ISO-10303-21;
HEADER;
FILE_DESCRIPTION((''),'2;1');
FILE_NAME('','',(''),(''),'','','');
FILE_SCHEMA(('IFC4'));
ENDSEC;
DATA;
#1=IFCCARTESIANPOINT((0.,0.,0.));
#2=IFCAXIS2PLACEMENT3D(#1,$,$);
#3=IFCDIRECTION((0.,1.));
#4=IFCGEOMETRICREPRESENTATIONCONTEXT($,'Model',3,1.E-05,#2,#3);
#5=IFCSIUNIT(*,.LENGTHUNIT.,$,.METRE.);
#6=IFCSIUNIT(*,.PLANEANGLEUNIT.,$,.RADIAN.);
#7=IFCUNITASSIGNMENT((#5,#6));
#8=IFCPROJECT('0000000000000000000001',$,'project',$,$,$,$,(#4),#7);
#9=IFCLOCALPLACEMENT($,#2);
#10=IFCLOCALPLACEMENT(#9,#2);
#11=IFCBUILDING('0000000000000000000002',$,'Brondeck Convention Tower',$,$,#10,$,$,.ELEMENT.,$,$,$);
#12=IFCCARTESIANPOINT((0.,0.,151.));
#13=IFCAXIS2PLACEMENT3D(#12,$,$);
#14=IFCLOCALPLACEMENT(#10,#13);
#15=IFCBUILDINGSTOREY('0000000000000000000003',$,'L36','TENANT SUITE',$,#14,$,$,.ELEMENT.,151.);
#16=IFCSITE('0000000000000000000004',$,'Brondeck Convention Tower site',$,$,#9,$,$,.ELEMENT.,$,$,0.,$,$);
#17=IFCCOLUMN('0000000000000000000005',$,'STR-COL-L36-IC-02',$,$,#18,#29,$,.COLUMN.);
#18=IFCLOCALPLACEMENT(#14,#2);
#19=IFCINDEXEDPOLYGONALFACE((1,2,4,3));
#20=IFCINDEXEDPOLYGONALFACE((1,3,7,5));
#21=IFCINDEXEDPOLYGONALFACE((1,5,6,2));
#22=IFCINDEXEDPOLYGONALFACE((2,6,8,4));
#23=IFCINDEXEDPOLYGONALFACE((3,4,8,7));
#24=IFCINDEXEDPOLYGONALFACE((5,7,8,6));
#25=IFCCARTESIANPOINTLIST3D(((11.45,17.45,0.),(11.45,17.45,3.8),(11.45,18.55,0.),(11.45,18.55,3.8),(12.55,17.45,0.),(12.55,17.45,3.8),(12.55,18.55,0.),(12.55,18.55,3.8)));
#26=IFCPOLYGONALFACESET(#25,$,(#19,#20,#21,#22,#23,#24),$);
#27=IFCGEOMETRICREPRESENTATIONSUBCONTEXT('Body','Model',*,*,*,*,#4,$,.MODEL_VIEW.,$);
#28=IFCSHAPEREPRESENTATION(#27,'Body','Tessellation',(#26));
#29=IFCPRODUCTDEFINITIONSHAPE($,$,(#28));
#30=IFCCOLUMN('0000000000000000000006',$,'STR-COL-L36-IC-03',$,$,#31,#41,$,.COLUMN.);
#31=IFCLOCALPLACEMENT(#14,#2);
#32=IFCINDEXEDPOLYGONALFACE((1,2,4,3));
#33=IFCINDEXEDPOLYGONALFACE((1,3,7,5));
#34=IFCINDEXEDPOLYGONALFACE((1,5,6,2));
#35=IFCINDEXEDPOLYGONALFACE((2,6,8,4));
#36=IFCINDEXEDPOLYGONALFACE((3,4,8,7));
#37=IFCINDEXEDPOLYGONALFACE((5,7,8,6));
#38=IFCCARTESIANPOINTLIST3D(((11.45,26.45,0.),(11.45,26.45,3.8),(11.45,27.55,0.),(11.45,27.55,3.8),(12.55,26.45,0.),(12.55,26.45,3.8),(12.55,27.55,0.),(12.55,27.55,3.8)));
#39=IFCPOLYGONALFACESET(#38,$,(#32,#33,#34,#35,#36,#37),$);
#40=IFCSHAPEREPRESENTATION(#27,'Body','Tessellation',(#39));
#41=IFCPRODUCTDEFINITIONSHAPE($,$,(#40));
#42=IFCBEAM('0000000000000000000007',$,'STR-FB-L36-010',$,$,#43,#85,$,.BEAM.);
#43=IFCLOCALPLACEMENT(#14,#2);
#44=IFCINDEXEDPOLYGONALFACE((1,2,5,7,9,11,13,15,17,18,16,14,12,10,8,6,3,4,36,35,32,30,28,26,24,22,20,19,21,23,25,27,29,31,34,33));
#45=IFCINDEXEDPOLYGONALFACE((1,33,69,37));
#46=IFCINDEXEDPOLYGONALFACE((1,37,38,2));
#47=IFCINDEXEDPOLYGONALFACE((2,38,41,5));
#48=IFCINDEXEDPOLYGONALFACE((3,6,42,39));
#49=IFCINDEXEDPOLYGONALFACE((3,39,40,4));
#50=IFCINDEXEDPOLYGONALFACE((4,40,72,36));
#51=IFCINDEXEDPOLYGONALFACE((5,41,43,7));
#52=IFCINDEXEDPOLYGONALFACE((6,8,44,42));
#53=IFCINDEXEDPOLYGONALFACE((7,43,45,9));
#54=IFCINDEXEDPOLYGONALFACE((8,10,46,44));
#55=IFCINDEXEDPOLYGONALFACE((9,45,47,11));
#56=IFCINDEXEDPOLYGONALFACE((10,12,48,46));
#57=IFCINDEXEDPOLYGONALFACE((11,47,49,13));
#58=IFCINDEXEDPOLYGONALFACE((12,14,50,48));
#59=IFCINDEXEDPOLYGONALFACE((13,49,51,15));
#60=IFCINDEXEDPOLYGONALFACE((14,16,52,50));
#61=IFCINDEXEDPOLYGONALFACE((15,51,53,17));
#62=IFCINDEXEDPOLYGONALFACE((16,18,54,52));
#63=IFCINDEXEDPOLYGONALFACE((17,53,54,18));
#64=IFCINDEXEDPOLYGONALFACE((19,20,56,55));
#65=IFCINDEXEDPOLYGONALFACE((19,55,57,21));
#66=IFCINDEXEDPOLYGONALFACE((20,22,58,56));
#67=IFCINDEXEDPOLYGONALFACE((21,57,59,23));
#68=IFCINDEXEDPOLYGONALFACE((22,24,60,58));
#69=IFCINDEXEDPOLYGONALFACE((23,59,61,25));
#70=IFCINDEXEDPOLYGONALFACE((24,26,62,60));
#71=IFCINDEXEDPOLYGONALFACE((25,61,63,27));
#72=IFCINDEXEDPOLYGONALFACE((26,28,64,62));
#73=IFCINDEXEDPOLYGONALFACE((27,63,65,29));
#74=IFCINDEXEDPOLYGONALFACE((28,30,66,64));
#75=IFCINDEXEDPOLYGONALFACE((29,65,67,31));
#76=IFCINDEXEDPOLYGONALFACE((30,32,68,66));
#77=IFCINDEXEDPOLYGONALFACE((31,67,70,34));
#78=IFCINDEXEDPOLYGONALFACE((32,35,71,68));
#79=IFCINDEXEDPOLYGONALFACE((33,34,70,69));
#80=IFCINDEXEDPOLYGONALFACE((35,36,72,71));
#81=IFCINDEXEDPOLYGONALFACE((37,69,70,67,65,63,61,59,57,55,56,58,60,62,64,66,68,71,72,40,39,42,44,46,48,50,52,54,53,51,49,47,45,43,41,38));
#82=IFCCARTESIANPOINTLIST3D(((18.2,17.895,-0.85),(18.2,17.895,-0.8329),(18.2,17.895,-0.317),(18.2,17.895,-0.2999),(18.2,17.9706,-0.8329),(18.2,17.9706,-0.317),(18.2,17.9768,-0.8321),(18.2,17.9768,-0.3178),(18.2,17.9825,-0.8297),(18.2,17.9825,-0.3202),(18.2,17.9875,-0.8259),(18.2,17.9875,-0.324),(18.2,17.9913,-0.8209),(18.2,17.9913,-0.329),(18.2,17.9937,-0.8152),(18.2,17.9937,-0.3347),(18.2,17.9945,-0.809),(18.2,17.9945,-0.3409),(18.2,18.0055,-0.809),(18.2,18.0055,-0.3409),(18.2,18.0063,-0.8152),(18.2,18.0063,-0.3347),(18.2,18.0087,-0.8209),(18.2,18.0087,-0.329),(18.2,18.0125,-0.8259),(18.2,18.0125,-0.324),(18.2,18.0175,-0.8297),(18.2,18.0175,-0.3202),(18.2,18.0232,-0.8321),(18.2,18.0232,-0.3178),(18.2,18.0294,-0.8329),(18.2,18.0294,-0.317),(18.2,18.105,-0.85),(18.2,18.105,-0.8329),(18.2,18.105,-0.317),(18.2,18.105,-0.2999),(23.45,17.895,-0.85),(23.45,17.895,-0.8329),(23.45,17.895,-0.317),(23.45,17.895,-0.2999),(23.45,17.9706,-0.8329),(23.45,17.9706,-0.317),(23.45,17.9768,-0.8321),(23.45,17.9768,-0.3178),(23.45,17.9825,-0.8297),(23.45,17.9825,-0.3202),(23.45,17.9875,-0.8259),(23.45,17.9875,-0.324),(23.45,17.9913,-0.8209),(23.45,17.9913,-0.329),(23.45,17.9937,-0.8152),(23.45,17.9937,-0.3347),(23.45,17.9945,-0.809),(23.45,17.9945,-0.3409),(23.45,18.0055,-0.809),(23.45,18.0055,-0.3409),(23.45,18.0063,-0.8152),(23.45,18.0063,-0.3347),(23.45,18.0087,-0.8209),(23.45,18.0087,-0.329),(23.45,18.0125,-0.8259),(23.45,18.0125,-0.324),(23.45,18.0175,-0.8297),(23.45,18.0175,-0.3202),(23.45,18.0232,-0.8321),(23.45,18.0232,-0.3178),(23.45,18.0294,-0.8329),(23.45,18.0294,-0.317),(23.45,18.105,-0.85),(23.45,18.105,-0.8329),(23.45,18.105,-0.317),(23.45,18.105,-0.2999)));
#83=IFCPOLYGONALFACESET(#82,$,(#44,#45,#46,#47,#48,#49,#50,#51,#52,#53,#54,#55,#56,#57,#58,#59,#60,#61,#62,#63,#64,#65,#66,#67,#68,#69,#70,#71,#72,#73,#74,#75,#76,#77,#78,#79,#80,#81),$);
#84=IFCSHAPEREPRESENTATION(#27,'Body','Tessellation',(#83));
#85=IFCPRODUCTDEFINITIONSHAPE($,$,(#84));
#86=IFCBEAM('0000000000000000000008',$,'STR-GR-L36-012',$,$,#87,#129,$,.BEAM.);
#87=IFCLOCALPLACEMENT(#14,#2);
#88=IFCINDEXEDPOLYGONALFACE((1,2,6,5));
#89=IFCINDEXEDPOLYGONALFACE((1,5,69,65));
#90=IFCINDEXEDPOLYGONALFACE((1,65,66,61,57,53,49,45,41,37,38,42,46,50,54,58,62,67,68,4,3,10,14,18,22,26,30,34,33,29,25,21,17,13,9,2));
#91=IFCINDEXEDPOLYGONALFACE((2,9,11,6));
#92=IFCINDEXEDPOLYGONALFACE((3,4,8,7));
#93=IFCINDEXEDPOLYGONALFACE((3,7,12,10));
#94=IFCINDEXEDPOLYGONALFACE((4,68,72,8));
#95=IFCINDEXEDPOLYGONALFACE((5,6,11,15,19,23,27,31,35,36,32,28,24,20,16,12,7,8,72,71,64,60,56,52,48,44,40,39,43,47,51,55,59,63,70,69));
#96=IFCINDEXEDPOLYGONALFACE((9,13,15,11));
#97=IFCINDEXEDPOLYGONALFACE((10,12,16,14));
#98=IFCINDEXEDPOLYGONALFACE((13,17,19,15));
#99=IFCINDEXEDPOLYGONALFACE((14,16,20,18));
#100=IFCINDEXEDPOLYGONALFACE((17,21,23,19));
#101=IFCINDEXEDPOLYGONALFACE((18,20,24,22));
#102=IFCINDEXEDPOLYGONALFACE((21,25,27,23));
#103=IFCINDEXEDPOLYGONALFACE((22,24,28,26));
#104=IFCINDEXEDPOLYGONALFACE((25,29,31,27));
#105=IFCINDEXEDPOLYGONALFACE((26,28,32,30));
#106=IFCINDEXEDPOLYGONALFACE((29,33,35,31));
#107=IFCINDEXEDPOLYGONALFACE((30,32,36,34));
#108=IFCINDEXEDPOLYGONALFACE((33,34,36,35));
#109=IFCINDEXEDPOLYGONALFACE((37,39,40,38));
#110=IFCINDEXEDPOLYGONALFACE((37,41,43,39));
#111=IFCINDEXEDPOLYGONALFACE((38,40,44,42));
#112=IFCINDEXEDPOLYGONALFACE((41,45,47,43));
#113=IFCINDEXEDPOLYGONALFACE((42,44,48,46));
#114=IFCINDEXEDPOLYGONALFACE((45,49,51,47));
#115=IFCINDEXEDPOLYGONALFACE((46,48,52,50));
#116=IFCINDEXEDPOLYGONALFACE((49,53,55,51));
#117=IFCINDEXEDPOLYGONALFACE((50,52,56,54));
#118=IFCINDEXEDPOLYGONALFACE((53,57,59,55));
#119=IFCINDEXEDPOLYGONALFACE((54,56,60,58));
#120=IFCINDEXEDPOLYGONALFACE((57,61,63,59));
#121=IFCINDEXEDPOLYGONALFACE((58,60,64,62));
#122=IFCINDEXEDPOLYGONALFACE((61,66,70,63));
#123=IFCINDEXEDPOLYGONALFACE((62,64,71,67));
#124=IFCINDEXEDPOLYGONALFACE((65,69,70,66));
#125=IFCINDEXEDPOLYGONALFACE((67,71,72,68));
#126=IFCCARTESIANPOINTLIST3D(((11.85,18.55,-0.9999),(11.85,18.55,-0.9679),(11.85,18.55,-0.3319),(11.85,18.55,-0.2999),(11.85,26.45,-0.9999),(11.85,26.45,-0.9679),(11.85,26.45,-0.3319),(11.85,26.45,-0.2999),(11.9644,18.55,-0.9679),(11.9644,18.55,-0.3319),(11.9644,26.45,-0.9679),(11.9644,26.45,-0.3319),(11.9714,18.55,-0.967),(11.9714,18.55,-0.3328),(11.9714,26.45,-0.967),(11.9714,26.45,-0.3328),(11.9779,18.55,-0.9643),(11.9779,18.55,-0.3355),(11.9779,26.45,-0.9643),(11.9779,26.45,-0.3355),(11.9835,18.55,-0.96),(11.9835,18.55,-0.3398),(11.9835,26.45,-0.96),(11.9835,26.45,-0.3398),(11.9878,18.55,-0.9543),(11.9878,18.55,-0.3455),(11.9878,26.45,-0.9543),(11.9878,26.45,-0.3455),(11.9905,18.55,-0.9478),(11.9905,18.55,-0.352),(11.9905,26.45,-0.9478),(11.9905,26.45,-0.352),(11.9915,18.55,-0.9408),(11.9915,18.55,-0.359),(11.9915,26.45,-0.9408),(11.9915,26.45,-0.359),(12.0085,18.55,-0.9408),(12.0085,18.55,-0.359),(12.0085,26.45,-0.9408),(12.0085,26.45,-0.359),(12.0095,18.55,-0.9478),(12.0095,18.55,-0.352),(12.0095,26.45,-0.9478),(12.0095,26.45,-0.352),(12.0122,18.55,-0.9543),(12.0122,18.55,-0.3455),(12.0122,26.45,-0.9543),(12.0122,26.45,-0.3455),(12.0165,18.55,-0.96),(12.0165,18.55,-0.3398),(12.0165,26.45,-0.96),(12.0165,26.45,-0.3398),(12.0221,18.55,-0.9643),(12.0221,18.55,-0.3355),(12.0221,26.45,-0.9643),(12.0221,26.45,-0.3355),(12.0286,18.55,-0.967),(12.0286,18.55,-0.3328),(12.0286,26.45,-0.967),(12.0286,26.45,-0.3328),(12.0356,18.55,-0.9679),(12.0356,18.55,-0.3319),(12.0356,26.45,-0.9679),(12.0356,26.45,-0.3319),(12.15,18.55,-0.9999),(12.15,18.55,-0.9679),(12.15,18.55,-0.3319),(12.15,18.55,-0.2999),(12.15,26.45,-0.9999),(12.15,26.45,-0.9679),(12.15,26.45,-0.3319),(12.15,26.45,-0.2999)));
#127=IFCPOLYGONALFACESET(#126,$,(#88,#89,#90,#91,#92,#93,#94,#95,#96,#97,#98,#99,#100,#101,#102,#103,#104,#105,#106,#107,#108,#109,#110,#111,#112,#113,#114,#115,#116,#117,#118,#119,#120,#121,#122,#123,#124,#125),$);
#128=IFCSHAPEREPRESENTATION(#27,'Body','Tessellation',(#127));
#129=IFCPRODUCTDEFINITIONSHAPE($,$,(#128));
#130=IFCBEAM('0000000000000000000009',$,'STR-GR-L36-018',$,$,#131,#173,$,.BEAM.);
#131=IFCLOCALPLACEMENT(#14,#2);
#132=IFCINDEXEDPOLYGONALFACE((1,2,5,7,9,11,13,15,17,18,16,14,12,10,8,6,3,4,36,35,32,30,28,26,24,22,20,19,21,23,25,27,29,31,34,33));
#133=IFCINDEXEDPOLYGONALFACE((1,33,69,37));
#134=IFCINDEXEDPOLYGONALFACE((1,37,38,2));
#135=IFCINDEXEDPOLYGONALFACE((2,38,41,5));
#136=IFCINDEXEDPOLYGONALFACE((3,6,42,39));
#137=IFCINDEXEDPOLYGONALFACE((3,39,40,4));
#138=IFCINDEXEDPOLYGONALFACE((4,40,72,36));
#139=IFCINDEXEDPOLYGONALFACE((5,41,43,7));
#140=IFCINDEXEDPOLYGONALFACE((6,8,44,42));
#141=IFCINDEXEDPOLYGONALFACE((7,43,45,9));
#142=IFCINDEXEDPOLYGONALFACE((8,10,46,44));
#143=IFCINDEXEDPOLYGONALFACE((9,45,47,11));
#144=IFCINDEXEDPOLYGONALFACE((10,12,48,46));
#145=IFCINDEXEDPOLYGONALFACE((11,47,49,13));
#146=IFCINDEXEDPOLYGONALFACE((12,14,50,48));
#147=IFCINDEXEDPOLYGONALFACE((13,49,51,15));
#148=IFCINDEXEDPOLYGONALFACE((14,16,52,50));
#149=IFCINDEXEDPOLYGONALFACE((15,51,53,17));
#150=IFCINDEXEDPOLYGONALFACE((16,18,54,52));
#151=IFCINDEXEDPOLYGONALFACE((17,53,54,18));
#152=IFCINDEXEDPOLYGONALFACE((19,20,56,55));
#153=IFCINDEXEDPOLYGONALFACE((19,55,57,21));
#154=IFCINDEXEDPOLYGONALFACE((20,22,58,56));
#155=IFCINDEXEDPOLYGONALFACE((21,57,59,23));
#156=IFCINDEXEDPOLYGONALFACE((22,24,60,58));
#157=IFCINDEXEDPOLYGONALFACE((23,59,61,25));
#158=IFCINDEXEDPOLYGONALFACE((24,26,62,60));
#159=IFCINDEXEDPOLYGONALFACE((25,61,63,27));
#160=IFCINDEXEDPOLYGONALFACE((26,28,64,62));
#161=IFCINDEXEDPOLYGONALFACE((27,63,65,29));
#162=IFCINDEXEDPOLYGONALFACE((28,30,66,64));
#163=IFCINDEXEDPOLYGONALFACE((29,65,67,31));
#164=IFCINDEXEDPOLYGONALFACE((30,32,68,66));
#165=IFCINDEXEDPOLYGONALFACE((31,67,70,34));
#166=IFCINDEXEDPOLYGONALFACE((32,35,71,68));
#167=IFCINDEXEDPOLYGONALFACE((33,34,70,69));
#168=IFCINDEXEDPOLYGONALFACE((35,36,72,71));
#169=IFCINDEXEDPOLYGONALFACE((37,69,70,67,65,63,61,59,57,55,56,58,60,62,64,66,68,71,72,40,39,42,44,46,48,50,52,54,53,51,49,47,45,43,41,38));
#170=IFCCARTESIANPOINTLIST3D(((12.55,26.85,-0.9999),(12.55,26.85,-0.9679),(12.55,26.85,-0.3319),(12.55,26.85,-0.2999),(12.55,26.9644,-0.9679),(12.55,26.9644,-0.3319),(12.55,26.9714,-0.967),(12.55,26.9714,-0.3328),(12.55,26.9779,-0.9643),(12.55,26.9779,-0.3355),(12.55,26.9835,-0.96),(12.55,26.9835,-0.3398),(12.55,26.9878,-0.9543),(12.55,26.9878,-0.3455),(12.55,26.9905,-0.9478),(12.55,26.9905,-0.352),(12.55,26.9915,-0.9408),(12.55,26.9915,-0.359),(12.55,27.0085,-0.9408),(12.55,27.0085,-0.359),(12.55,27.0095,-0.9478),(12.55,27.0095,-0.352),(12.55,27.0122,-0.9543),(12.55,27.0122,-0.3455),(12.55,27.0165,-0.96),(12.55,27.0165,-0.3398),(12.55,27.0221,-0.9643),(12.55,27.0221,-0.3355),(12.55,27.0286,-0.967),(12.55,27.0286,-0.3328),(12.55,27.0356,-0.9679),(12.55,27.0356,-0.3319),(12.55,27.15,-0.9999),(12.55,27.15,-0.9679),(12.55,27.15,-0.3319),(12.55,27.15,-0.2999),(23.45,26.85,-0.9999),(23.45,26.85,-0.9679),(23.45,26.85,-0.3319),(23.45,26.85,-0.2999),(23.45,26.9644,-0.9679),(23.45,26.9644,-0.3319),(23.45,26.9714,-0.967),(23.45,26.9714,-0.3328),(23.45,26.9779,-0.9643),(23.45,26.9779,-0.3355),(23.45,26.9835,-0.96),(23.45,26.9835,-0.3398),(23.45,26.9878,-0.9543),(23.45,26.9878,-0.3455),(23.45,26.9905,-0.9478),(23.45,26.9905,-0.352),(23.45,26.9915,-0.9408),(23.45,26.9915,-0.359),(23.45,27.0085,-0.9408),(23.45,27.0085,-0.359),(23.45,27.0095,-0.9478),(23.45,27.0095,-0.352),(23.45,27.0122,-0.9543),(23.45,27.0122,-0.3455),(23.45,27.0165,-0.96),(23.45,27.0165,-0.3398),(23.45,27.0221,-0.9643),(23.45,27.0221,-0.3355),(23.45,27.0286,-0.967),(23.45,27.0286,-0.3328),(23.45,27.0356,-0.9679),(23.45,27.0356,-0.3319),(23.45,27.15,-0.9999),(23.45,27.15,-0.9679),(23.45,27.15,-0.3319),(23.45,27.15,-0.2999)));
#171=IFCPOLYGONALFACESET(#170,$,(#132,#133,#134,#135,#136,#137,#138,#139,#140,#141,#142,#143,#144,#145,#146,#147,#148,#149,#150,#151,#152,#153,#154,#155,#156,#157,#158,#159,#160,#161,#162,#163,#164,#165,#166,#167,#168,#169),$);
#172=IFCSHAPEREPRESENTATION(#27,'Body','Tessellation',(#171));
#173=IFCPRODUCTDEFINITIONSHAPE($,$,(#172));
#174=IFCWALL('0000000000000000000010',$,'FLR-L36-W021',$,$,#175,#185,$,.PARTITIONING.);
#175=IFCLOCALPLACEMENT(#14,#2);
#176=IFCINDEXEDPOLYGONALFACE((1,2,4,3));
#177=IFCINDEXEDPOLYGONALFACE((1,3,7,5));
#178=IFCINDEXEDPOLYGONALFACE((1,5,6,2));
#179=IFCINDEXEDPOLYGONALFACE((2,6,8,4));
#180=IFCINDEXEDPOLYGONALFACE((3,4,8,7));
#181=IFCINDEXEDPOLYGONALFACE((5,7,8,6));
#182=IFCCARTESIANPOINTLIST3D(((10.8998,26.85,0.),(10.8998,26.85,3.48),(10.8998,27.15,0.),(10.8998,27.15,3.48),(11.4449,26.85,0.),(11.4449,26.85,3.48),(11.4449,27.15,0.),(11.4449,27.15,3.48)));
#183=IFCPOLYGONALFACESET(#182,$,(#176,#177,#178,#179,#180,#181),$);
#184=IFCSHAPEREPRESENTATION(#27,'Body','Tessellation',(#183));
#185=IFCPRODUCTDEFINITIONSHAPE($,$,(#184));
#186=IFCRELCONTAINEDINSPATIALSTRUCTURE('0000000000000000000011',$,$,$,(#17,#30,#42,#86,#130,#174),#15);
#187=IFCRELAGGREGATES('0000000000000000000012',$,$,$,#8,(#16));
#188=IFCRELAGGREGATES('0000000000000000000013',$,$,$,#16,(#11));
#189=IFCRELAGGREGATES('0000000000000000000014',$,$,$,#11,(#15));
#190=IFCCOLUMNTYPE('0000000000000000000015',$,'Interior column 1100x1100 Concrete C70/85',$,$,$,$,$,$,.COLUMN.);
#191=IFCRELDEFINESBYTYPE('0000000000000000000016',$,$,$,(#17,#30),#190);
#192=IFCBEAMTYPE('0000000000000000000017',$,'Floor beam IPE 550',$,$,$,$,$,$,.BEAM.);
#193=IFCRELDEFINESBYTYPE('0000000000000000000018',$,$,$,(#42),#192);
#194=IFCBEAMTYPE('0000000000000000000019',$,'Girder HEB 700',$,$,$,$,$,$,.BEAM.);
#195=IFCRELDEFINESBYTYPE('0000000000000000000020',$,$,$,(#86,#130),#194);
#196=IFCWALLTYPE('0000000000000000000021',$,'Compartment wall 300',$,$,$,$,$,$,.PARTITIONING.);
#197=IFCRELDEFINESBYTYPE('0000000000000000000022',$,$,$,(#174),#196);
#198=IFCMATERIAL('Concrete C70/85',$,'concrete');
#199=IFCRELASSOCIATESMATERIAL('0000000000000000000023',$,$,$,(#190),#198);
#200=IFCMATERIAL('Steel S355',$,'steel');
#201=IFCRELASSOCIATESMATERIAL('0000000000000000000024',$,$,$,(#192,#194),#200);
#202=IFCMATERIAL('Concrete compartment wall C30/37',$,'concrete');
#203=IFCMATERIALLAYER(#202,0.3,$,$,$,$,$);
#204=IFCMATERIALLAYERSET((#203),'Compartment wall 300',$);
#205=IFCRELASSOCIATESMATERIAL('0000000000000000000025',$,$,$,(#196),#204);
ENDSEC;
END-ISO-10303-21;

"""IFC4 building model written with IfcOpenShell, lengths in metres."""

from ifc_helpers import new_model, si_unit, direction, frame, frame_2d, origin, origin_2d, place, context, subcontext, project, spatial, rectangle, i_section, extrude, material, layer, layer_set, material_profile, profile_set, type_object, element, save


model = new_model("IFC4")

# Units and contexts
model_context = context("Model", 3, precision=1e-05, world=origin(), true_north=direction((0.0, 1.0)))
body_context = subcontext(model_context, "Body", "Model", "MODEL_VIEW")
ifc_project = project(units=[si_unit("LENGTHUNIT", "METRE"), si_unit("PLANEANGLEUNIT", "RADIAN")], contexts=[model_context])

# Site, building, storey
site_placement = place(None, origin())
site = spatial("IfcSite", under=ifc_project, at=site_placement, Name="Brondeck Convention Tower site", CompositionType="ELEMENT", RefElevation=0.0)
building_placement = place(site_placement, origin())
building = spatial("IfcBuilding", under=site, at=building_placement, Name="Brondeck Convention Tower", CompositionType="ELEMENT")
storey_placement = place(building_placement, frame((0.0, 0.0, 151.0)))
storey = spatial("IfcBuildingStorey", under=building, at=storey_placement, Name="L36", Description="TENANT SUITE", CompositionType="ELEMENT", Elevation=151.0)

# Columns
ifc_material_1 = material(Name="Concrete C70/85", Category="concrete")
ifc_material_profile_1 = material_profile(ifc_material_1, rectangle(XDim=1.1001, YDim=1.1001, at=origin_2d()), Name="Interior column 1100x1100 Concrete C70/85")
ifc_profile_set_1 = profile_set([ifc_material_profile_1], Name="Concrete C70/85")
column_type = type_object("IfcColumnType", Name="Interior column 1100x1100 Concrete C70/85", PredefinedType="COLUMN", material=ifc_profile_set_1)
for number, where, z_axis, x_axis, name in (
    (1, (12.0, 18.0, 0.0), (0.0, 0.0, 1.0), (1.0, 0.0, 0.0), "STR-COL-L36-IC-02"),
    (2, (12.0, 27.0, 0.0), (0.0, 0.0, 1.0), (1.0, 0.0, 0.0), "STR-COL-L36-IC-03"),
):
    element("IfcColumn", number, at=place(storey_placement, frame(where, z_axis=z_axis, x_axis=x_axis)), inside=storey, type_object=column_type, Name=name, PredefinedType="COLUMN", context=body_context, shape_type="SweptSolid", body=[
        extrude(rectangle(XDim=1.1001, YDim=1.1001, at=origin_2d()), origin(), (0.0, 0.0, 1.0), 3.8),
    ])

# Beams
ifc_material_2 = material(Name="Steel S355", Category="steel")
ifc_material_profile_2 = material_profile(ifc_material_2, i_section(OverallWidth=0.21, OverallDepth=0.55, WebThickness=0.011, FlangeThickness=0.0171, FilletRadius=0.0239, at=origin_2d()), Name="IPE 550")
ifc_profile_set_2 = profile_set([ifc_material_profile_2], Name="Steel S355")
beam_type_1 = type_object("IfcBeamType", Name="Floor beam IPE 550", PredefinedType="BEAM", material=ifc_profile_set_2)
beam_1_placement = place(storey_placement, frame((18.2, 18.0, -0.575), z_axis=(1.0, 0.0, 0.0), x_axis=(0.0, 1.0, 0.0)))
element("IfcBeam", 3, at=beam_1_placement, inside=storey, type_object=beam_type_1, Name="STR-FB-L36-010", PredefinedType="BEAM", context=body_context, shape_type="SweptSolid", body=[
    extrude(i_section(OverallWidth=0.21, OverallDepth=0.55, WebThickness=0.011, FlangeThickness=0.0171, FilletRadius=0.0239, at=origin_2d()), origin(), (0.0, 0.0, 1.0), 5.25),
])
ifc_material_profile_3 = material_profile(ifc_material_2, i_section(OverallWidth=0.3, OverallDepth=0.7, WebThickness=0.0171, FlangeThickness=0.032, FilletRadius=0.0271, at=origin_2d()), Name="HEB 700")
ifc_profile_set_3 = profile_set([ifc_material_profile_3], Name="Steel S355")
beam_type_2 = type_object("IfcBeamType", Name="Girder HEB 700", PredefinedType="BEAM", material=ifc_profile_set_3)
beam_2_placement = place(storey_placement, frame((12.0, 26.45, -0.6499), z_axis=(0.0, -1.0, 0.0), x_axis=(1.0, 0.0, 0.0)))
element("IfcBeam", 4, at=beam_2_placement, inside=storey, type_object=beam_type_2, Name="STR-GR-L36-012", PredefinedType="BEAM", context=body_context, shape_type="SweptSolid", body=[
    extrude(i_section(OverallWidth=0.3, OverallDepth=0.7, WebThickness=0.0171, FlangeThickness=0.032, FilletRadius=0.0271, at=origin_2d()), origin(), (0.0, 0.0, 1.0), 7.8999),
])
beam_3_placement = place(storey_placement, frame((12.55, 27.0, -0.6499), z_axis=(1.0, 0.0, 0.0), x_axis=(0.0, 1.0, 0.0)))
element("IfcBeam", 5, at=beam_3_placement, inside=storey, type_object=beam_type_2, Name="STR-GR-L36-018", PredefinedType="BEAM", context=body_context, shape_type="SweptSolid", body=[
    extrude(i_section(OverallWidth=0.3, OverallDepth=0.7, WebThickness=0.0171, FlangeThickness=0.032, FilletRadius=0.0271, at=origin_2d()), origin(), (0.0, 0.0, 1.0), 10.8999),
])

# Wall
ifc_material_3 = material(Name="Concrete compartment wall C30/37", Category="concrete")
ifc_layer_1 = layer(ifc_material_3, 0.3)
ifc_layer_set_1 = layer_set([ifc_layer_1], Name="Compartment wall 300")
wall_type_1 = type_object("IfcWallType", Name="Compartment wall 300", PredefinedType="PARTITIONING", material=ifc_layer_set_1)
wall_1_placement = place(storey_placement, frame((10.8999, 27.0, 0.0), z_axis=(0.0, 0.0, 1.0), x_axis=(1.0, 0.0, 0.0)))
element("IfcWall", 6, at=wall_1_placement, inside=storey, type_object=wall_type_1, Name="FLR-L36-W021", PredefinedType="PARTITIONING", context=body_context, shape_type="SweptSolid", body=[
    extrude(rectangle(XDim=0.5452, YDim=0.3, at=frame_2d((0.2725, 0.0))), origin(), (0.0, 0.0, 1.0), 3.48),
])

save(model, "model.ifc")
